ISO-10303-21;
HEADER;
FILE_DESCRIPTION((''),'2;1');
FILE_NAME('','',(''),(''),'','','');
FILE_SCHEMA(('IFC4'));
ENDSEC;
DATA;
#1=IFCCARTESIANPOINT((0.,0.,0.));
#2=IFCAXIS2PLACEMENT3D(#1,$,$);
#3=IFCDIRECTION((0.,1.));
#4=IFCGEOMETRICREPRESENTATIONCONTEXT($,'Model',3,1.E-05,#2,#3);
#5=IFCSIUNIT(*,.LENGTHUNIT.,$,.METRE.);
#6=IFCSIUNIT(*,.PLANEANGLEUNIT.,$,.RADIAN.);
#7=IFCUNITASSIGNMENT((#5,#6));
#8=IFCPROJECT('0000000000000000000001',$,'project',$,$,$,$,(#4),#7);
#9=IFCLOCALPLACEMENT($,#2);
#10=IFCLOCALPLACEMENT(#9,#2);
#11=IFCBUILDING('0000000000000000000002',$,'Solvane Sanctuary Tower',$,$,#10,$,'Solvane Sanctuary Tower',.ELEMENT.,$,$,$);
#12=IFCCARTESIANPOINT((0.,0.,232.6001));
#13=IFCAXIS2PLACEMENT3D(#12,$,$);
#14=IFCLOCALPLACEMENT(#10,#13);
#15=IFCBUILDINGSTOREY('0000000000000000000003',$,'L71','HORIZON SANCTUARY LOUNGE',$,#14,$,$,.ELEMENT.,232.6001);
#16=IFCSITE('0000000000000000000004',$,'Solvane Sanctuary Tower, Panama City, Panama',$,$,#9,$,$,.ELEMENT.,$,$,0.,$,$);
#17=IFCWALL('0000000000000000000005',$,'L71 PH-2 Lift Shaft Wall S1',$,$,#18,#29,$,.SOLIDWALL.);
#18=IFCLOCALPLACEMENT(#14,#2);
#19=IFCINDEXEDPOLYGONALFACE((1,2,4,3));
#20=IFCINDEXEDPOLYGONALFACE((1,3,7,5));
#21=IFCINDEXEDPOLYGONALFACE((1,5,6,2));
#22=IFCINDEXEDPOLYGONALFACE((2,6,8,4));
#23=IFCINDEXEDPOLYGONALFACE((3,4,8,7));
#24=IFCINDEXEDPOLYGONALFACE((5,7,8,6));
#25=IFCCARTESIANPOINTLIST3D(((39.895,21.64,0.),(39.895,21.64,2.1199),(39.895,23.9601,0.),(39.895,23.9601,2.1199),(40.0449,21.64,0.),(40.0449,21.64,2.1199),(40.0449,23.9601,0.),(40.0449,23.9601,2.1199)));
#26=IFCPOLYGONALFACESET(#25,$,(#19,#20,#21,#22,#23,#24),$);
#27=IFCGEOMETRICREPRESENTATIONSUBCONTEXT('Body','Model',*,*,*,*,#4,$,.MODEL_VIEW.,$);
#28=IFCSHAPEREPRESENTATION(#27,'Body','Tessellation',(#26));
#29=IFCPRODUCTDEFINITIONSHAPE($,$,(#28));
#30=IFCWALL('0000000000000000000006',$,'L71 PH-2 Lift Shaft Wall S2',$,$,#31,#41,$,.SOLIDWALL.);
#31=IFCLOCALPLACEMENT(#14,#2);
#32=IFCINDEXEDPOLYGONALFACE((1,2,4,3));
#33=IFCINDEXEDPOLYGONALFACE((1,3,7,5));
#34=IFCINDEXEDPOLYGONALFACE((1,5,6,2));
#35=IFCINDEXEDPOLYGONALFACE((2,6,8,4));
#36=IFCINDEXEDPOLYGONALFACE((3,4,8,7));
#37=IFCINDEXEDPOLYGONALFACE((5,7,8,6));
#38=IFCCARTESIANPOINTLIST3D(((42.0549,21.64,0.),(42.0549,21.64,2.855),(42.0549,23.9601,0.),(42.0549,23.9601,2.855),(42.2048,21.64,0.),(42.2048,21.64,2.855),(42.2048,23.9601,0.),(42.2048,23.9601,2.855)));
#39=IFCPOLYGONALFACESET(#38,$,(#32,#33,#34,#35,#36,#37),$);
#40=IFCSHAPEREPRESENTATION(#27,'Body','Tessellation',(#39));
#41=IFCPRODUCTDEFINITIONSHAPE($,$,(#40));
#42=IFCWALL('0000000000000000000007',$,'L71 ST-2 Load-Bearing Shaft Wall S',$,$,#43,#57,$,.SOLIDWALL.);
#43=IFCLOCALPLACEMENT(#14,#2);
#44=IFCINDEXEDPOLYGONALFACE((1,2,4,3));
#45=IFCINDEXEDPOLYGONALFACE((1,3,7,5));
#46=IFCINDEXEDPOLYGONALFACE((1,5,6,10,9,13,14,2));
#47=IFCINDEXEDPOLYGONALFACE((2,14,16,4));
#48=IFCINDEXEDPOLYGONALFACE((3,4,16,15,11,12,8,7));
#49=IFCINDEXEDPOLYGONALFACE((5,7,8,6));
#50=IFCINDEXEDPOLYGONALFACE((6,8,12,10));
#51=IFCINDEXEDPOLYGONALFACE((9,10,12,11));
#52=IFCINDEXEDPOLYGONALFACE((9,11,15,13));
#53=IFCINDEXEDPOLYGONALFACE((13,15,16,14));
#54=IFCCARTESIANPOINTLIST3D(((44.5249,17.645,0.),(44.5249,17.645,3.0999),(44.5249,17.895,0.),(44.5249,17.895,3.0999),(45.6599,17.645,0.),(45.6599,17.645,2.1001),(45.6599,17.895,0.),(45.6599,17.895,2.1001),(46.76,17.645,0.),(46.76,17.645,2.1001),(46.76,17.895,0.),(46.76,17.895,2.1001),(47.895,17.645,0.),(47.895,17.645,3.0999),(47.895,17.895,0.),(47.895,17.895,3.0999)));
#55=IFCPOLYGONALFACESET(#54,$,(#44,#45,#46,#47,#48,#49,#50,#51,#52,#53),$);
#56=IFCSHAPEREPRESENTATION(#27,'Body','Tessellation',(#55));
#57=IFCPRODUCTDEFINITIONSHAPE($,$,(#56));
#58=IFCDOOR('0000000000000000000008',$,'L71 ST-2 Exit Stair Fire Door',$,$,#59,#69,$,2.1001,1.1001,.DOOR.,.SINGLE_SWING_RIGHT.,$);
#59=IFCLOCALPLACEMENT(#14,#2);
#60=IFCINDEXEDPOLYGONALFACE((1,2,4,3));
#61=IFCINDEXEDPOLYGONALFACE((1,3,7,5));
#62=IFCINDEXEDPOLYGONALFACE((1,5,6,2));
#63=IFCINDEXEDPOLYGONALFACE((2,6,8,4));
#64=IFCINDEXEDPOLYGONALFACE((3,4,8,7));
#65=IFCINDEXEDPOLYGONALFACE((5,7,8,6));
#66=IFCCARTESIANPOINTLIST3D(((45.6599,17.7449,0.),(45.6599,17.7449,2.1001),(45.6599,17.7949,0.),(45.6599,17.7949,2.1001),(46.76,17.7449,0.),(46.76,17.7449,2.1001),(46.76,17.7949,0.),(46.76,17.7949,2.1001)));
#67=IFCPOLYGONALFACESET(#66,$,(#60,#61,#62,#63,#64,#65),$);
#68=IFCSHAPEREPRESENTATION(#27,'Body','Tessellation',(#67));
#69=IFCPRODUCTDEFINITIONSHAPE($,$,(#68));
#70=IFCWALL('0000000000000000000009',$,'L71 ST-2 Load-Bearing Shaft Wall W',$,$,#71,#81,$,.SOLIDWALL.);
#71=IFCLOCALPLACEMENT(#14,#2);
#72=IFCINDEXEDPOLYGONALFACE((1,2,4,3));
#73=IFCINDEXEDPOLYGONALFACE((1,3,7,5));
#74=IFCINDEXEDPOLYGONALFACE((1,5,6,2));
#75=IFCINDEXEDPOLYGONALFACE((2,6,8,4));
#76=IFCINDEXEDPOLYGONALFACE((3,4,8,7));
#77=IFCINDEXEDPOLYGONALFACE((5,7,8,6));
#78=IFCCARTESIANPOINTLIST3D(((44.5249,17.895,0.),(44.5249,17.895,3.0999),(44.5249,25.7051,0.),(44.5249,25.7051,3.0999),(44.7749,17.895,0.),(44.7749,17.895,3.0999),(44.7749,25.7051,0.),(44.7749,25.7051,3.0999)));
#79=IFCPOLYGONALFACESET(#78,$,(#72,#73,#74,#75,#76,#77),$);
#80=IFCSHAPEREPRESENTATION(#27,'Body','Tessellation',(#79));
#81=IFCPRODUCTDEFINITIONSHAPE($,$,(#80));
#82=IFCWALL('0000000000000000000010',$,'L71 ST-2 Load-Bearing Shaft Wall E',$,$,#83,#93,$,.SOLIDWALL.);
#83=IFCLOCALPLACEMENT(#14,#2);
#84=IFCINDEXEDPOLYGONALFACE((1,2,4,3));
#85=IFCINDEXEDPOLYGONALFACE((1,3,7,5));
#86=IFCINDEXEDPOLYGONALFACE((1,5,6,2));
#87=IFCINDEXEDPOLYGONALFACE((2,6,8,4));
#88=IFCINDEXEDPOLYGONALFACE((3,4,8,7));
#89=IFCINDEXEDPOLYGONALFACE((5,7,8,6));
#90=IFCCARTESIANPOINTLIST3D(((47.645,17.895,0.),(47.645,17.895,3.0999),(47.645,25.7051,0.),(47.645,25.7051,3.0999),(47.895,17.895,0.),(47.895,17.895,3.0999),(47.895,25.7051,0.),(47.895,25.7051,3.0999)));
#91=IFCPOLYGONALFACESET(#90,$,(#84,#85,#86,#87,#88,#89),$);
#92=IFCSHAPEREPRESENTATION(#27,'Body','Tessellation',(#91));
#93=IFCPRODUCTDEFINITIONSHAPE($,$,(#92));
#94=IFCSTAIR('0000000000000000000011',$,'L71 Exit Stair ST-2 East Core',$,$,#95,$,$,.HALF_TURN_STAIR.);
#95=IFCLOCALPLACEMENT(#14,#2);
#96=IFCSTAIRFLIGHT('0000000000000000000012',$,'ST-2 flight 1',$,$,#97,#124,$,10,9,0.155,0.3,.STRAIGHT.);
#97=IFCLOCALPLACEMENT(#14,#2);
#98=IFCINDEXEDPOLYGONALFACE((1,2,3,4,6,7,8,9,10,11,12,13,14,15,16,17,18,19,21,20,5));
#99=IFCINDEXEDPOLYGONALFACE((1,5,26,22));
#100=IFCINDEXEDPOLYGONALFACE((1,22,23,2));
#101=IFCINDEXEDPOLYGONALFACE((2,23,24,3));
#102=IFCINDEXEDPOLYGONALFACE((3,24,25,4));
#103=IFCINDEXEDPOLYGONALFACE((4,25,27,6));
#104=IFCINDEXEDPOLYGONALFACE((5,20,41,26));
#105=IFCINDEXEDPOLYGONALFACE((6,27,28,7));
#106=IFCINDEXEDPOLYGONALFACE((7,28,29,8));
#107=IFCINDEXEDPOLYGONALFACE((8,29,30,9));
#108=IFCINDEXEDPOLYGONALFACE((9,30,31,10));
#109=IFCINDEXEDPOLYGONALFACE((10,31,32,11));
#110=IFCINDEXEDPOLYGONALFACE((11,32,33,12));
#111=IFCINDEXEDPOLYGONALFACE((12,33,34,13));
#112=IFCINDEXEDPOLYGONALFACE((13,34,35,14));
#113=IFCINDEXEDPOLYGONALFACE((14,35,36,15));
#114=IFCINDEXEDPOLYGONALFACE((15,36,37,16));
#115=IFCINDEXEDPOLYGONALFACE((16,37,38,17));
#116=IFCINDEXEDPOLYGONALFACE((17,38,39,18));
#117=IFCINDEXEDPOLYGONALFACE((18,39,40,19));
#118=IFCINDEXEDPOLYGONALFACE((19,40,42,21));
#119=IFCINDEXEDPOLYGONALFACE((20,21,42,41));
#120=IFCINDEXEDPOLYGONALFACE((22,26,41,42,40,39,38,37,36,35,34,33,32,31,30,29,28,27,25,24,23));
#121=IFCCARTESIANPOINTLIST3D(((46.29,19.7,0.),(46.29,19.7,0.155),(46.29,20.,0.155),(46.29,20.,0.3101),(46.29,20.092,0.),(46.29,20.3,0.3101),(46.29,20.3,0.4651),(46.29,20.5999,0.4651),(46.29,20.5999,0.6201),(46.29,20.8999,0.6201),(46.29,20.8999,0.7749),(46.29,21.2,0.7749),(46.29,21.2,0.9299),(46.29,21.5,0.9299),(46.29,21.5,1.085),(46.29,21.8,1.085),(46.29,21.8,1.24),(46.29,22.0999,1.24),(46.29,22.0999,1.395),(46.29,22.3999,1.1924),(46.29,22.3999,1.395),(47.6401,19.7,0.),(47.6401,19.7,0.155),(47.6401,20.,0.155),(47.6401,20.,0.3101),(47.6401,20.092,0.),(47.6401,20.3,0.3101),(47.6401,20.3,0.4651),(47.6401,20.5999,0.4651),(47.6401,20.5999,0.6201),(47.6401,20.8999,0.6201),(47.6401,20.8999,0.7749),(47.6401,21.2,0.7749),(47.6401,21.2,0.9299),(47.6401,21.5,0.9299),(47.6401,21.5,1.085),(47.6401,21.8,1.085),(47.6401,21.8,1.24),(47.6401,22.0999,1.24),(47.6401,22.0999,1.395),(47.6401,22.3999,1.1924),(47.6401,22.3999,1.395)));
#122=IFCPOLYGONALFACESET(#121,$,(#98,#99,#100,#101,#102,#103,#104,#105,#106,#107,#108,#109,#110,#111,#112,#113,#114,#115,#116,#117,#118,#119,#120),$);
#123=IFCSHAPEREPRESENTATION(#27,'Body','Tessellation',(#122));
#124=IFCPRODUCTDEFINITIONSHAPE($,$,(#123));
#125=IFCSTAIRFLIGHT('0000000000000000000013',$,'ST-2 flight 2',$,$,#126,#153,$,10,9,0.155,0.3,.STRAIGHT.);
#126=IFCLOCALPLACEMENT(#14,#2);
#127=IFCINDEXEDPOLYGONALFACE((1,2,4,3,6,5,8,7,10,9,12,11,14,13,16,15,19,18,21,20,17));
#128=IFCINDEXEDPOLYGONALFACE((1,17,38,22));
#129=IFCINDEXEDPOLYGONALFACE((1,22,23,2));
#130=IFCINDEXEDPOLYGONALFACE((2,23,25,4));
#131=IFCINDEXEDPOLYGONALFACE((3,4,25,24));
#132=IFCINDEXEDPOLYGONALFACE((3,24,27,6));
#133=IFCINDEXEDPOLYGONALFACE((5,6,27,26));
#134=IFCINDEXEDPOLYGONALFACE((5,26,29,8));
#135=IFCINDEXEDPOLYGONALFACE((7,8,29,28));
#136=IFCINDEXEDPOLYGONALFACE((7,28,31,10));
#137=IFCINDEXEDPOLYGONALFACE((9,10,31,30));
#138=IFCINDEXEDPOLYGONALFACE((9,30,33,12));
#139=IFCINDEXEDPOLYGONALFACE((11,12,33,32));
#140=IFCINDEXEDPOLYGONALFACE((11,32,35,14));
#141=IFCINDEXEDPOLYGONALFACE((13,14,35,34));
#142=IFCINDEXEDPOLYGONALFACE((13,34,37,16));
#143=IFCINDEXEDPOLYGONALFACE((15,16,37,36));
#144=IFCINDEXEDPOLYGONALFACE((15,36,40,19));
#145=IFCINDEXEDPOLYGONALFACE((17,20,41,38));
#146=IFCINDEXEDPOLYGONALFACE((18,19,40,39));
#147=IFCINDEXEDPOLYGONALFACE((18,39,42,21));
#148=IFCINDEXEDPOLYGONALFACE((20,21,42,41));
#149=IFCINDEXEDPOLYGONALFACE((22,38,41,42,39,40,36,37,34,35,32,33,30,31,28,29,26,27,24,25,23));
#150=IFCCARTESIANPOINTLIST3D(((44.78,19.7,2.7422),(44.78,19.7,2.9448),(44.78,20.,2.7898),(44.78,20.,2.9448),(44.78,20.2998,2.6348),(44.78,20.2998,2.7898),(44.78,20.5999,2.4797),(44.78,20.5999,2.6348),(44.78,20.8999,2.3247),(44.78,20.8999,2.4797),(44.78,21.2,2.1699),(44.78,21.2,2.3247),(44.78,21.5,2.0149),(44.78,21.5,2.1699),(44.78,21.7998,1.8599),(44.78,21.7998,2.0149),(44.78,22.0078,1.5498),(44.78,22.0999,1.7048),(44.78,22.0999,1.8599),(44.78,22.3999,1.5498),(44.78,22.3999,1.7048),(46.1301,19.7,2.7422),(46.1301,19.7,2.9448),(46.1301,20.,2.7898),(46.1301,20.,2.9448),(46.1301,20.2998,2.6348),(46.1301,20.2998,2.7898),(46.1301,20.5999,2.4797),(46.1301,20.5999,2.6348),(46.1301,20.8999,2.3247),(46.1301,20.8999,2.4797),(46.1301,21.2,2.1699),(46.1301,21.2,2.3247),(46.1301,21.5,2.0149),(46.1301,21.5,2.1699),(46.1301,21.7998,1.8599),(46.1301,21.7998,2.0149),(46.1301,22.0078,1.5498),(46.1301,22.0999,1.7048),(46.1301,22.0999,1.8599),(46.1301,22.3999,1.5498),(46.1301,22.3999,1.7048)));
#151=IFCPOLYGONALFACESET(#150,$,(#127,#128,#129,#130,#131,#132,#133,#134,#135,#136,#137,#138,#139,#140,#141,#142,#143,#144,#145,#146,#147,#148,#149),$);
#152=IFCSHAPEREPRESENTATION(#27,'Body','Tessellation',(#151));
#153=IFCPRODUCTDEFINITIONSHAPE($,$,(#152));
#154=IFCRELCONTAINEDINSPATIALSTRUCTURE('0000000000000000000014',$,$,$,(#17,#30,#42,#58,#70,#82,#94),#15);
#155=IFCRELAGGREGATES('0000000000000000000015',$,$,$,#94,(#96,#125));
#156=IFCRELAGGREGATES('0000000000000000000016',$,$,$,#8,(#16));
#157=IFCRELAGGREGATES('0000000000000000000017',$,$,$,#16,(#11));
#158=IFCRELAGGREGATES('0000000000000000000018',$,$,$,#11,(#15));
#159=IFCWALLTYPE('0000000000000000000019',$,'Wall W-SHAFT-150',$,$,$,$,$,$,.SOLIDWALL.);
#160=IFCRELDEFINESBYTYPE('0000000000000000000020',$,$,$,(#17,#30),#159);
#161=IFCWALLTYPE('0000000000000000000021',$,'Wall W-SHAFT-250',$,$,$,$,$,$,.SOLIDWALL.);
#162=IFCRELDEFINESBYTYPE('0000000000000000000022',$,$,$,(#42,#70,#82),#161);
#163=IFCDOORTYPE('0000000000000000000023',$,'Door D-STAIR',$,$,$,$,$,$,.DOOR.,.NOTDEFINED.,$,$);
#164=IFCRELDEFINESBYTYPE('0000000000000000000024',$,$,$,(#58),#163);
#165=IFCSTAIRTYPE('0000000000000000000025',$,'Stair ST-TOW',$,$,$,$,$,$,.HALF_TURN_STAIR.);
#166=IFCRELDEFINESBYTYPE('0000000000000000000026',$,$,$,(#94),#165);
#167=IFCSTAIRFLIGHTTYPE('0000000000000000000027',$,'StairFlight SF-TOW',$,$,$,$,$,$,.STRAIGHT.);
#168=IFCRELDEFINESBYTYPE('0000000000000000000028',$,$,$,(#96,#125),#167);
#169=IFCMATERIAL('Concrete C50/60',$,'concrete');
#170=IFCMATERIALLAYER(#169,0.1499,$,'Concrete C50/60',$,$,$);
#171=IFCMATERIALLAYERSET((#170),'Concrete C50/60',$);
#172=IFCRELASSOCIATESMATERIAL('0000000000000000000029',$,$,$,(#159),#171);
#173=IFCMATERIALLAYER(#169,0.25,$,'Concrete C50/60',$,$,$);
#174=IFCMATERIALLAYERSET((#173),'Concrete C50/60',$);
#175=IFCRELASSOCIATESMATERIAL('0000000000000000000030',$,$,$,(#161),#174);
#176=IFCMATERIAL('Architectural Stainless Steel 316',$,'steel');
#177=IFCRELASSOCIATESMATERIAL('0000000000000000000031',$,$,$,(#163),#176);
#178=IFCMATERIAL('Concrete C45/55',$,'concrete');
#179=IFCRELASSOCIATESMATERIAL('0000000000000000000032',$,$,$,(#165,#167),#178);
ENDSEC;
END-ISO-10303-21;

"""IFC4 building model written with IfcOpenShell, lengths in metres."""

from ifc_helpers import new_model, si_unit, direction, frame, frame_2d, origin, place, context, subcontext, project, spatial, polyline, rectangle, outline, extrude, material, layer, layer_set, type_object, element, fill, aggregate, save


model = new_model("IFC4")

# Units and contexts
model_context = context("Model", 3, precision=1e-05, world=origin(), true_north=direction((0.0, 1.0)))
body_context = subcontext(model_context, "Body", "Model", "MODEL_VIEW")
ifc_project = project(units=[si_unit("LENGTHUNIT", "METRE"), si_unit("PLANEANGLEUNIT", "RADIAN")], contexts=[model_context])

# Site, building, storey
site_placement = place(None, origin())
site = spatial("IfcSite", under=ifc_project, at=site_placement, Name="Solvane Sanctuary Tower, Panama City, Panama", CompositionType="ELEMENT", RefElevation=0.0)
building_placement = place(site_placement, origin())
building = spatial("IfcBuilding", under=site, at=building_placement, Name="Solvane Sanctuary Tower", LongName="Solvane Sanctuary Tower", CompositionType="ELEMENT")
storey_placement = place(building_placement, frame((0.0, 0.0, 232.6001)))
storey = spatial("IfcBuildingStorey", under=building, at=storey_placement, Name="L71", Description="HORIZON SANCTUARY LOUNGE", CompositionType="ELEMENT", Elevation=232.6001)

# Shared definitions
ifc_material_1 = material(Name="Architectural Stainless Steel 316", Category="steel")

# Shared definitions
ifc_material_2 = material(Name="Concrete C50/60", Category="concrete")
ifc_layer_1 = layer(ifc_material_2, 0.1499, Name="Concrete C50/60")
ifc_layer_set_1 = layer_set([ifc_layer_1], Name="Concrete C50/60")
wall_type_1 = type_object("IfcWallType", Name="Wall W-SHAFT-150", PredefinedType="SOLIDWALL", material=ifc_layer_set_1)

# Walls
wall_1_placement = place(storey_placement, frame((39.97, 21.6399, 0.0), z_axis=(0.0, 0.0, 1.0), x_axis=(0.0, 1.0, 0.0)))
element("IfcWall", 1, at=wall_1_placement, inside=storey, type_object=wall_type_1, Name="L71 PH-2 Lift Shaft Wall S1", PredefinedType="SOLIDWALL", context=body_context, shape_type="SweptSolid", body=[
    extrude(rectangle(XDim=2.3201, YDim=0.1499, at=frame_2d((1.1602, 0.0))), origin(), (0.0, 0.0, 1.0), 2.1199),
])
wall_2_placement = place(storey_placement, frame((42.1299, 21.6399, 0.0), z_axis=(0.0, 0.0, 1.0), x_axis=(0.0, 1.0, 0.0)))
element("IfcWall", 2, at=wall_2_placement, inside=storey, type_object=wall_type_1, Name="L71 PH-2 Lift Shaft Wall S2", PredefinedType="SOLIDWALL", context=body_context, shape_type="SweptSolid", body=[
    extrude(rectangle(XDim=2.3201, YDim=0.1499, at=frame_2d((1.1602, 0.0))), origin(), (0.0, 0.0, 1.0), 2.855),
])

# Wall, opening, door
ifc_layer_2 = layer(ifc_material_2, 0.25, Name="Concrete C50/60")
ifc_layer_set_2 = layer_set([ifc_layer_2], Name="Concrete C50/60")
wall_type_2 = type_object("IfcWallType", Name="Wall W-SHAFT-250", PredefinedType="SOLIDWALL", material=ifc_layer_set_2)
wall_3_placement = place(storey_placement, frame((44.5249, 17.77, 0.0), z_axis=(0.0, 0.0, 1.0), x_axis=(1.0, 0.0, 0.0)))
wall_3 = element("IfcWall", 3, at=wall_3_placement, inside=storey, type_object=wall_type_2, Name="L71 ST-2 Load-Bearing Shaft Wall S", PredefinedType="SOLIDWALL", context=body_context, shape_type="SweptSolid", body=[
    extrude(rectangle(XDim=3.3701, YDim=0.25, at=frame_2d((1.6851, 0.0))), origin(), (0.0, 0.0, 1.0), 3.0999),
])
opening_1_placement = place(wall_3_placement, frame((1.135, 0.0, 0.0)))
opening_1 = element("IfcOpeningElement", 4, at=opening_1_placement, cuts=wall_3, PredefinedType="OPENING", context=body_context, shape_type="SweptSolid", body=[
    extrude(rectangle(XDim=1.1001, YDim=2.1001, at=frame_2d((0.55, 1.05))), frame((0.0, 0.135, 0.0), z_axis=(0.0, -1.0, 0.0), x_axis=(1.0, 0.0, 0.0)), (0.0, 0.0, 1.0), 0.27),
])
door_type_1 = type_object("IfcDoorType", Name="Door D-STAIR", OperationType="NOTDEFINED", PredefinedType="DOOR", material=ifc_material_1)
door_1_placement = place(opening_1_placement, origin())
door_1 = element("IfcDoor", 5, at=door_1_placement, inside=storey, type_object=door_type_1, Name="L71 ST-2 Exit Stair Fire Door", OperationType="SINGLE_SWING_RIGHT", OverallHeight=2.1001, OverallWidth=1.1001, PredefinedType="DOOR", context=body_context, shape_type="SweptSolid", body=[
    extrude(rectangle(XDim=1.1001, YDim=2.1001, at=frame_2d((0.55, 1.05))), frame((0.0, 0.0249, 0.0), z_axis=(0.0, -1.0, 0.0), x_axis=(1.0, 0.0, 0.0)), (0.0, 0.0, 1.0), 0.05),
])
fill(opening_1, door_1)

# Walls
for number, where, z_axis, x_axis, name in (
    (6, (44.6499, 17.895, 0.0), (0.0, 0.0, 1.0), (0.0, 1.0, 0.0), "L71 ST-2 Load-Bearing Shaft Wall W"),
    (7, (47.77, 17.895, 0.0), (0.0, 0.0, 1.0), (0.0, 1.0, 0.0), "L71 ST-2 Load-Bearing Shaft Wall E"),
):
    element("IfcWall", number, at=place(storey_placement, frame(where, z_axis=z_axis, x_axis=x_axis)), inside=storey, type_object=wall_type_2, Name=name, PredefinedType="SOLIDWALL", context=body_context, shape_type="SweptSolid", body=[
        extrude(rectangle(XDim=7.8101, YDim=0.25, at=frame_2d((3.905, 0.0))), origin(), (0.0, 0.0, 1.0), 3.0999),
    ])

# Stair, stair flights
ifc_material_3 = material(Name="Concrete C45/55", Category="concrete")
stair_type = type_object("IfcStairType", Name="Stair ST-TOW", PredefinedType="HALF_TURN_STAIR", material=ifc_material_3)
stair_placement = place(storey_placement, origin())
stair = element("IfcStair", 8, at=stair_placement, inside=storey, type_object=stair_type, Name="L71 Exit Stair ST-2 East Core", PredefinedType="HALF_TURN_STAIR")
stair_flight_type = type_object("IfcStairFlightType", Name="StairFlight SF-TOW", PredefinedType="STRAIGHT", material=ifc_material_3)
stair_flight_1_placement = place(storey_placement, frame((46.9651, 19.7, 0.0), z_axis=(0.0, 0.0, 1.0), x_axis=(0.0, 1.0, 0.0)))
stair_flight_1 = element("IfcStairFlight", 9, at=stair_flight_1_placement, type_object=stair_flight_type, Name="ST-2 flight 1", NumberOfRisers=10, NumberOfTreads=9, PredefinedType="STRAIGHT", RiserHeight=0.155, TreadLength=0.3, context=body_context, shape_type="SweptSolid", body=[
    extrude(outline(polyline([(0.0, 0.0), (0.0, 0.155), (0.3, 0.155), (0.3, 0.3101), (0.6001, 0.3101), (0.6001, 0.4651), (0.8999, 0.4651), (0.8999, 0.6201), (1.2, 0.6201), (1.2, 0.7749), (1.5, 0.7749), (1.5, 0.9299), (1.8, 0.9299), (1.8, 1.085), (2.1001, 1.085), (2.1001, 1.24), (2.3999, 1.24), (2.3999, 1.395), (2.7, 1.395), (2.7, 1.55), (2.7, 1.1924), (0.3921, 0.0), (0.0, 0.0)])), frame((0.0, 0.675, 0.0), z_axis=(0.0, -1.0, 0.0), x_axis=(1.0, 0.0, 0.0)), (0.0, 0.0, 1.0), 1.3501),
])
stair_flight_2_placement = place(storey_placement, frame((45.4551, 22.3999, 1.5498), z_axis=(0.0, 0.0, 1.0), x_axis=(0.0, -1.0, 0.0)))
stair_flight_2 = element("IfcStairFlight", 10, at=stair_flight_2_placement, type_object=stair_flight_type, Name="ST-2 flight 2", NumberOfRisers=10, NumberOfTreads=9, PredefinedType="STRAIGHT", RiserHeight=0.155, TreadLength=0.3, context=body_context, shape_type="SweptSolid", body=[
    extrude(outline(polyline([(0.0, 0.0), (0.0, 0.155), (0.3, 0.155), (0.3, 0.3101), (0.6001, 0.3101), (0.6001, 0.4651), (0.8999, 0.4651), (0.8999, 0.6201), (1.2, 0.6201), (1.2, 0.7749), (1.5, 0.7749), (1.5, 0.9299), (1.8, 0.9299), (1.8, 1.085), (2.1001, 1.085), (2.1001, 1.24), (2.3999, 1.24), (2.3999, 1.395), (2.7, 1.395), (2.7, 1.55), (2.7, 1.1924), (0.3921, 0.0), (0.0, 0.0)])), frame((0.0, 0.675, 0.0), z_axis=(0.0, -1.0, 0.0), x_axis=(1.0, 0.0, 0.0)), (0.0, 0.0, 1.0), 1.3501),
])
aggregate(stair, [stair_flight_1, stair_flight_2])

save(model, "model.ifc")
